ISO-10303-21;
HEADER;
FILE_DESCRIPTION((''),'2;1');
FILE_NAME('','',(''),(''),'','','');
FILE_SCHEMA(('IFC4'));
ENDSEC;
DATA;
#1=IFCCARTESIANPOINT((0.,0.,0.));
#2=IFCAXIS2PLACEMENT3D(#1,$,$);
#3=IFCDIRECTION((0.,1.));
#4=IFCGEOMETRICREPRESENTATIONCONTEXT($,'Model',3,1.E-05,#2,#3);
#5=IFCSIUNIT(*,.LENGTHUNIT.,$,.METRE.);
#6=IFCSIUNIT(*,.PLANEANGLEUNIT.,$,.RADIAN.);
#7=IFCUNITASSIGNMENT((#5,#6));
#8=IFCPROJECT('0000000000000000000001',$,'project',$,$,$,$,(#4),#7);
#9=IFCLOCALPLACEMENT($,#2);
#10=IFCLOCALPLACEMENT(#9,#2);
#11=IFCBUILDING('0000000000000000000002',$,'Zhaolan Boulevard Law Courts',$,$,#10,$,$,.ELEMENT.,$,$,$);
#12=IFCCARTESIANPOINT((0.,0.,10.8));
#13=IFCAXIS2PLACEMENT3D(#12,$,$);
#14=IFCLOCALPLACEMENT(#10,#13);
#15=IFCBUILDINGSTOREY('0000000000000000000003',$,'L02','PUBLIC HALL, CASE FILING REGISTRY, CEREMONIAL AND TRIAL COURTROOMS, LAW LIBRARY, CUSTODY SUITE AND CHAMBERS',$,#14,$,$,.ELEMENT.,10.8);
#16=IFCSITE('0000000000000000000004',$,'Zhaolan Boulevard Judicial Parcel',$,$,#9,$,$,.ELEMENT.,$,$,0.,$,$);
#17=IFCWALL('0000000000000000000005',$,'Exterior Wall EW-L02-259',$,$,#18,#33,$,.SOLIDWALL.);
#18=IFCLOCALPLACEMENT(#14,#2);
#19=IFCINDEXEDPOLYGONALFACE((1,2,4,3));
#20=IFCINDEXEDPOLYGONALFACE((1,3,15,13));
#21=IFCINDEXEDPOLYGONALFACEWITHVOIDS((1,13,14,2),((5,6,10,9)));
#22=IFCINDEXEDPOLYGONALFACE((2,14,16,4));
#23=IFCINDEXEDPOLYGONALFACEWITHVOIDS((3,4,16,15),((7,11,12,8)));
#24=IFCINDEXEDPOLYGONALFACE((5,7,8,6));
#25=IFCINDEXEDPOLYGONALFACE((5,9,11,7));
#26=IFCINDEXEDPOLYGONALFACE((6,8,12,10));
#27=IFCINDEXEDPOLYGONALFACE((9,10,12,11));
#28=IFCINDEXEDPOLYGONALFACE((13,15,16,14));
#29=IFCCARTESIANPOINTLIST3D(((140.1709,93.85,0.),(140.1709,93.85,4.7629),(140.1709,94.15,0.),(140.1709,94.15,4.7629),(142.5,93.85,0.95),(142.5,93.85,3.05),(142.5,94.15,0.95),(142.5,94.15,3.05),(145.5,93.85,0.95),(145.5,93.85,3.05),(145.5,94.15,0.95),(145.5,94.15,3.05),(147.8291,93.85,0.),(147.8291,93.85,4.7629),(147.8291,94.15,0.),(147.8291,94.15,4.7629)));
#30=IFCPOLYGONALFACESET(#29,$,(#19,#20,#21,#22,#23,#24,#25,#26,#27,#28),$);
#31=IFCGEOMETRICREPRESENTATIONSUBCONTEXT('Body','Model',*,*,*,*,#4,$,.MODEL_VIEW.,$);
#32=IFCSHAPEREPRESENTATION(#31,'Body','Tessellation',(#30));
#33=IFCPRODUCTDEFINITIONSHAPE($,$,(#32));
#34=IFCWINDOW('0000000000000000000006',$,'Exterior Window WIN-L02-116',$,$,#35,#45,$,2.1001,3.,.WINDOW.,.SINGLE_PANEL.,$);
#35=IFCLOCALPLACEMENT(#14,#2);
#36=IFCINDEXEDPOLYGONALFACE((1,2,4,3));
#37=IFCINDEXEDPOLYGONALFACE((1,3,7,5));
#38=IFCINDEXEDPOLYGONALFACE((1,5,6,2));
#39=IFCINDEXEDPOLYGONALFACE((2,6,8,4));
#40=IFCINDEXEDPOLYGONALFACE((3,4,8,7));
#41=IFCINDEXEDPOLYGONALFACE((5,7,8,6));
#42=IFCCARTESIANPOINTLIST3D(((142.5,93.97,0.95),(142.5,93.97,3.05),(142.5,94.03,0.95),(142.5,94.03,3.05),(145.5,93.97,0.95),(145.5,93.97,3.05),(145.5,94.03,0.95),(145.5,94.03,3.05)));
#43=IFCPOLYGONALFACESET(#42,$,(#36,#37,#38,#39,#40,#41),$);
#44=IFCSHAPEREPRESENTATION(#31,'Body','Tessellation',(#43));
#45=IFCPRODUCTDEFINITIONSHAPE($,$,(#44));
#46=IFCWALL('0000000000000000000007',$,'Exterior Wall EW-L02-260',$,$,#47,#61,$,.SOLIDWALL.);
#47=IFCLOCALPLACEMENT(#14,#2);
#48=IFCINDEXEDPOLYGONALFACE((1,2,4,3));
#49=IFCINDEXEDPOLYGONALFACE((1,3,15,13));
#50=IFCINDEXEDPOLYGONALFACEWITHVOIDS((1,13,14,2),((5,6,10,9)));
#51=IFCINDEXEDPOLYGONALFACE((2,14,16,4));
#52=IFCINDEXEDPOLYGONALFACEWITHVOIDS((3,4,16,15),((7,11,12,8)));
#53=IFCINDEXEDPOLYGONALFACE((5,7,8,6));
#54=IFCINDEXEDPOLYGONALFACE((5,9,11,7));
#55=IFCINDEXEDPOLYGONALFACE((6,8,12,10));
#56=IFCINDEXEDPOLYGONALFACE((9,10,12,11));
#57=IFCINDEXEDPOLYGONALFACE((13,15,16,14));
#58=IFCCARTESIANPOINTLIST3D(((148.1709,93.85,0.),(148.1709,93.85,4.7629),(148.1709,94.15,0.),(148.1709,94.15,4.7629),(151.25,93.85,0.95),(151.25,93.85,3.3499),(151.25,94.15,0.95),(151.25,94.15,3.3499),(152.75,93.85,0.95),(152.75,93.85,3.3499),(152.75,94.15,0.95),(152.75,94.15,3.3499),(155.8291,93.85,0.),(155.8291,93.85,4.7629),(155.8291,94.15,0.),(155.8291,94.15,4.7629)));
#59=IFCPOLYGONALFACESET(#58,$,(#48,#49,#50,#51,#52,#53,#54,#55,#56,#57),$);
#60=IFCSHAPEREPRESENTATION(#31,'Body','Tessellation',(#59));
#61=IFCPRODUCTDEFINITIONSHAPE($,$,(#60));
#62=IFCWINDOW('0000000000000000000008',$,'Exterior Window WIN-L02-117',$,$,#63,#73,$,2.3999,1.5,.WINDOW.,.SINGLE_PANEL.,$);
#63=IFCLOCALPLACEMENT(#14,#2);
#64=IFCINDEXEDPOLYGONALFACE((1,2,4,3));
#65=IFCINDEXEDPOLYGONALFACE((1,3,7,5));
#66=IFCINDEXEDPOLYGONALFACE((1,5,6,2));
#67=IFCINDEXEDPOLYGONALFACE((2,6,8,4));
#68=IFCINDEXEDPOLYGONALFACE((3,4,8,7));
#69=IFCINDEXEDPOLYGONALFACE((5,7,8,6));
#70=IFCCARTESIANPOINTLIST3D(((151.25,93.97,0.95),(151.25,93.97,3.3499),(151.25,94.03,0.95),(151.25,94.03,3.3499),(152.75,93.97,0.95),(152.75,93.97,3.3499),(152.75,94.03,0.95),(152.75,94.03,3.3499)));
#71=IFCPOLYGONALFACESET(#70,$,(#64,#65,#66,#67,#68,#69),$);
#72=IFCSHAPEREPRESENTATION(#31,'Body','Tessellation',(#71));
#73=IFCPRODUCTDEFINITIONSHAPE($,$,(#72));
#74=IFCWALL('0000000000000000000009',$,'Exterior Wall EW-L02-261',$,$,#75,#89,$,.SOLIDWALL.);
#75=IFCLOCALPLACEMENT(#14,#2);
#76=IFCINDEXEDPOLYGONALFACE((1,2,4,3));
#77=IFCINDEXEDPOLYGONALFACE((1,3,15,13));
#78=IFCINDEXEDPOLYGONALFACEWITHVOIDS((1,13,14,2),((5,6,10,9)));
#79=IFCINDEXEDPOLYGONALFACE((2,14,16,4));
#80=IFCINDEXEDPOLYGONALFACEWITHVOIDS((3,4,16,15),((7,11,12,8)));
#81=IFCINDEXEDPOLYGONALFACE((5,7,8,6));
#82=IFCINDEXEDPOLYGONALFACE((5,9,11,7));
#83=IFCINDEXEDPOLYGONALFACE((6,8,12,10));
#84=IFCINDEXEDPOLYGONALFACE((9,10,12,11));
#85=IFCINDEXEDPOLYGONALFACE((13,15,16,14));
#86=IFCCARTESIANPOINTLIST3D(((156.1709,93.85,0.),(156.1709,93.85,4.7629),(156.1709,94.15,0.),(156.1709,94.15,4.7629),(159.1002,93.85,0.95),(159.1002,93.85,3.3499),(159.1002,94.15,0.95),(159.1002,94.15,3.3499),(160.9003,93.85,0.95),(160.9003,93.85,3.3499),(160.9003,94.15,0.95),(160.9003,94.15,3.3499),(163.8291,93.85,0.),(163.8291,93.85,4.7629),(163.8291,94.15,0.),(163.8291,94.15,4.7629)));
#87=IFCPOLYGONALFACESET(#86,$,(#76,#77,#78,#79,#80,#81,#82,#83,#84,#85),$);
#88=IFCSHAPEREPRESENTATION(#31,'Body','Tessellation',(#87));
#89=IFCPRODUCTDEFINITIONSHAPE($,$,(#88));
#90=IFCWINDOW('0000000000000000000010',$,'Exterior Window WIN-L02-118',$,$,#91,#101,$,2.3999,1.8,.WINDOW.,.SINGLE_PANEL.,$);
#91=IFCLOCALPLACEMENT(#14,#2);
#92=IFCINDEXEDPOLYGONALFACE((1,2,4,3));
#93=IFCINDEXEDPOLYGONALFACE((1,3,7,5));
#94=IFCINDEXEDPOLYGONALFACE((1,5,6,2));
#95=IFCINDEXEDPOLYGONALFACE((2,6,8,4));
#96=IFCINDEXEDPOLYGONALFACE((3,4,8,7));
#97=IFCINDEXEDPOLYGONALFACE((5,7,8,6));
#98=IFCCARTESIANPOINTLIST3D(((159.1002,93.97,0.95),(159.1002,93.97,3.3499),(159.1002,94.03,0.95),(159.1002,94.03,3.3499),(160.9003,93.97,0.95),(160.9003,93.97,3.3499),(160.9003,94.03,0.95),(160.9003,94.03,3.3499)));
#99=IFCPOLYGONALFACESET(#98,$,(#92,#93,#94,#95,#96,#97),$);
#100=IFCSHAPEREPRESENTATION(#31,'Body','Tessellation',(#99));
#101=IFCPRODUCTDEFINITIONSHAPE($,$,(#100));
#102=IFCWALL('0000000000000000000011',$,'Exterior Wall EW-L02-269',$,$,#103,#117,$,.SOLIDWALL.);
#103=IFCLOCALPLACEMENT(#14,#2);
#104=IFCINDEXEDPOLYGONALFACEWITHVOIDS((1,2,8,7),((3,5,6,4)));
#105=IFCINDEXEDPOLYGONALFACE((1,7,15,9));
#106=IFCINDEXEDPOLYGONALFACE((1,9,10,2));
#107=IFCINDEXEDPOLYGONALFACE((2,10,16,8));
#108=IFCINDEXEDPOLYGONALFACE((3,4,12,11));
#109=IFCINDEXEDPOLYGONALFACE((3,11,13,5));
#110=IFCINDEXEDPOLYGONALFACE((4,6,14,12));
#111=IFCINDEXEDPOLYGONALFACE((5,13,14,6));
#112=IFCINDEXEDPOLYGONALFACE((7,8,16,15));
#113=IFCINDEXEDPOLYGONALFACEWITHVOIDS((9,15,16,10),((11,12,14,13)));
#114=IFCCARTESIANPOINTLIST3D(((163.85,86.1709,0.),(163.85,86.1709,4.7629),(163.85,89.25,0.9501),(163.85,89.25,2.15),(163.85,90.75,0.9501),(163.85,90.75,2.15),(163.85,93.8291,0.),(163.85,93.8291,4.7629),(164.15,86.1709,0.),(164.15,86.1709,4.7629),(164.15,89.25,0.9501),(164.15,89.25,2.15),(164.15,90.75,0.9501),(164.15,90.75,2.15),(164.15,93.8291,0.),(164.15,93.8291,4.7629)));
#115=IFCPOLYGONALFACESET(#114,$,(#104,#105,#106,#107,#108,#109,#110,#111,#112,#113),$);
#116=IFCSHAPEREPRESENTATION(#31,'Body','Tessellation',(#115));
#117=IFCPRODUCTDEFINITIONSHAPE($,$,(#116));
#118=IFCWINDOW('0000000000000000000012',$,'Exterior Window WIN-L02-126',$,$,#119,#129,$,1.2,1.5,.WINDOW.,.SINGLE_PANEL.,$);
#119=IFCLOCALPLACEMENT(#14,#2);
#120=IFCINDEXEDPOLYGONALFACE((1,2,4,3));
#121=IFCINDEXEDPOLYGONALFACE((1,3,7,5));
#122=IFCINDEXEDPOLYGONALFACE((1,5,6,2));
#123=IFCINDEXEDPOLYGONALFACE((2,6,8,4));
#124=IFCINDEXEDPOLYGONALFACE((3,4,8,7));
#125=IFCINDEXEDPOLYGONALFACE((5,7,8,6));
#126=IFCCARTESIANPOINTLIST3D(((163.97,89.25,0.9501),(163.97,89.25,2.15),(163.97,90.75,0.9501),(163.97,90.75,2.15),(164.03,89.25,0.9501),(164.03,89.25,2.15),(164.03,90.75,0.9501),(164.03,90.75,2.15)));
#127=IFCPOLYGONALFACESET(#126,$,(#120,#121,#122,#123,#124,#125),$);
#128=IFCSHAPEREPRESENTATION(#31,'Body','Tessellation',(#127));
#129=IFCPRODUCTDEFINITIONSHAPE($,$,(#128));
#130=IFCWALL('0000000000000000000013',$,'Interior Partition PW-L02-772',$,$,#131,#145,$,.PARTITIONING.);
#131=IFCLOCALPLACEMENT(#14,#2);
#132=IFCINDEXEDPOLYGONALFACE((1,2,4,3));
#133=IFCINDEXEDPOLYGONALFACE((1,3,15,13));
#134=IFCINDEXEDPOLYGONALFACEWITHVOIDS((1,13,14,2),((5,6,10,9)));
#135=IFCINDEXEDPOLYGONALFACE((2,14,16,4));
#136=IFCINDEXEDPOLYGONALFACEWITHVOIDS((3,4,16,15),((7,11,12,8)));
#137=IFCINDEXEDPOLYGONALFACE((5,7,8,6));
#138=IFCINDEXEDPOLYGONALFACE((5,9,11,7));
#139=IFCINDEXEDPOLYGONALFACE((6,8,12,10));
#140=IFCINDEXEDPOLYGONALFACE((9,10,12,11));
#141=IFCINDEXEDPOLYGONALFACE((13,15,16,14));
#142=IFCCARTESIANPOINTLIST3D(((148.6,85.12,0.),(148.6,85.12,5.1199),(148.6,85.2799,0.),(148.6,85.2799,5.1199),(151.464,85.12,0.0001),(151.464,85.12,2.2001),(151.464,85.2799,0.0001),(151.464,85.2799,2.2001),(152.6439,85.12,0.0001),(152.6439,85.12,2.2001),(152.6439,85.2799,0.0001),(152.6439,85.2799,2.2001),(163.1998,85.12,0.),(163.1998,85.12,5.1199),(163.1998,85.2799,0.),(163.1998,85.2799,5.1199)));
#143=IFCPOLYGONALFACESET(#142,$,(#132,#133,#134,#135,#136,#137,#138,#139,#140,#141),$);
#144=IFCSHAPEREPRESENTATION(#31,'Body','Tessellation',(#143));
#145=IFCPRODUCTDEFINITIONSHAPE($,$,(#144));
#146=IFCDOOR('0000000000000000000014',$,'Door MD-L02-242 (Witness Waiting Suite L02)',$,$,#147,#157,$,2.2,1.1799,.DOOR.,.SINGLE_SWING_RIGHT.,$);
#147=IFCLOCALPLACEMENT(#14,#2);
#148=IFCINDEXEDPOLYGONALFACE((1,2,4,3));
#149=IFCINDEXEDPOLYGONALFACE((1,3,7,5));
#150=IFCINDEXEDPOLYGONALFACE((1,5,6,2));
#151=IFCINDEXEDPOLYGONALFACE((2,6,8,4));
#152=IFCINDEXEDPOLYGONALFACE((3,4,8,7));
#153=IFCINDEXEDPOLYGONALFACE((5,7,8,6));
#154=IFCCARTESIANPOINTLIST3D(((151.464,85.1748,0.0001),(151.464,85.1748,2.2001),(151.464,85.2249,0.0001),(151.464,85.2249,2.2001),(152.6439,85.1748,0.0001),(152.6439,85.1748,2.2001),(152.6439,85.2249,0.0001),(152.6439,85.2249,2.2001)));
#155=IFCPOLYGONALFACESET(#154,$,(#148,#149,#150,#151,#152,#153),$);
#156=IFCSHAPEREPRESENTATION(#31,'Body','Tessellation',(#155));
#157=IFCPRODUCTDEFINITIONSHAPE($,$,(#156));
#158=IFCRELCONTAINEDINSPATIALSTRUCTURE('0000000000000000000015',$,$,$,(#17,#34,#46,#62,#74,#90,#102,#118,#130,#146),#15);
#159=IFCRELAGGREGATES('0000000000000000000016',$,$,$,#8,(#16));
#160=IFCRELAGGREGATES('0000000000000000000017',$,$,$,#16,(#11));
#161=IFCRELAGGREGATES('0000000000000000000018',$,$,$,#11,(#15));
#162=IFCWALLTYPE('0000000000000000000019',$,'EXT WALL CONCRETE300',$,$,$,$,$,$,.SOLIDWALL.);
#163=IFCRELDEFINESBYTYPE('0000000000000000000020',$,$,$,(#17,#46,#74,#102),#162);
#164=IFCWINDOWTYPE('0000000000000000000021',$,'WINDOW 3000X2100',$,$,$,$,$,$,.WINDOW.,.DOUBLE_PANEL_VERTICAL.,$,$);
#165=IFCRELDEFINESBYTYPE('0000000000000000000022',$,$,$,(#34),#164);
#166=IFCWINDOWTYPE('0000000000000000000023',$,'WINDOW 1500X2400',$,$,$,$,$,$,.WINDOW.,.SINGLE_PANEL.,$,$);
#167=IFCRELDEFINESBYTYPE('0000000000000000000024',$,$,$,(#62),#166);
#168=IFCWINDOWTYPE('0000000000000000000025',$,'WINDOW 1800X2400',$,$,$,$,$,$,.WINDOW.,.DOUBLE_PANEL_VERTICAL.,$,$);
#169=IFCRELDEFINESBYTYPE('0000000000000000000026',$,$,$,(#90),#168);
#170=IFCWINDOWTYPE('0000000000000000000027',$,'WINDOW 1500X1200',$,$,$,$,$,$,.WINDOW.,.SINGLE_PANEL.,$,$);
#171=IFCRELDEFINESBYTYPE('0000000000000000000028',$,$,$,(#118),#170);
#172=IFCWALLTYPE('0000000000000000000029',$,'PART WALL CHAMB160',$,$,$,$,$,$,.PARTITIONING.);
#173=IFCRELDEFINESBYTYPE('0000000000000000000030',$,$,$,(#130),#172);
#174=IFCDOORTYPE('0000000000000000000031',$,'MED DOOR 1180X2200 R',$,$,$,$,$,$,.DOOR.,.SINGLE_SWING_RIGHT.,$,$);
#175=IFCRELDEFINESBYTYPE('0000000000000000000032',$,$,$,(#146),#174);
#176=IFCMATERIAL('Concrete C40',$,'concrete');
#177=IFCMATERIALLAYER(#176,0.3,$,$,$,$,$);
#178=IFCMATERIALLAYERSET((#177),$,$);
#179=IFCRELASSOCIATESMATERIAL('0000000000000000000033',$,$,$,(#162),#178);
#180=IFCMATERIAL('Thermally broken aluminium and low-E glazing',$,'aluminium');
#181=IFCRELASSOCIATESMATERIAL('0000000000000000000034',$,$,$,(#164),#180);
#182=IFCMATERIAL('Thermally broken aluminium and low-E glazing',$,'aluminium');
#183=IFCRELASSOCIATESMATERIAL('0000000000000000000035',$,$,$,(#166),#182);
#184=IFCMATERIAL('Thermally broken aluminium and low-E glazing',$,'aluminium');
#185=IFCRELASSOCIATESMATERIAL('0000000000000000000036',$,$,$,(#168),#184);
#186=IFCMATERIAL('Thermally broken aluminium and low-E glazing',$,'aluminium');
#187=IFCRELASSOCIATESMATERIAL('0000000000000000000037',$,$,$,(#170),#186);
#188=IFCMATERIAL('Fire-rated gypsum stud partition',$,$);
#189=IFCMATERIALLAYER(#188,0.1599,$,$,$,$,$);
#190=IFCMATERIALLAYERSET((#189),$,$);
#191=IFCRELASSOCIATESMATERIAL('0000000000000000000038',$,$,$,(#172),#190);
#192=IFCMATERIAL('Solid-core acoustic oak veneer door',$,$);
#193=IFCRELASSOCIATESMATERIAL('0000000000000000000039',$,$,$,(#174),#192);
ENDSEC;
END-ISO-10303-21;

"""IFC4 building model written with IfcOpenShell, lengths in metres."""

from ifc_helpers import new_model, si_unit, direction, frame, frame_2d, origin, place, context, subcontext, project, spatial, rectangle, extrude, material, layer, layer_set, type_object, element, fill, save


model = new_model("IFC4")

# Units and contexts
model_context = context("Model", 3, precision=1e-05, world=origin(), true_north=direction((0.0, 1.0)))
body_context = subcontext(model_context, "Body", "Model", "MODEL_VIEW")
ifc_project = project(units=[si_unit("LENGTHUNIT", "METRE"), si_unit("PLANEANGLEUNIT", "RADIAN")], contexts=[model_context])

# Site, building, storey
site_placement = place(None, origin())
site = spatial("IfcSite", under=ifc_project, at=site_placement, Name="Zhaolan Boulevard Judicial Parcel", CompositionType="ELEMENT", RefElevation=0.0)
building_placement = place(site_placement, origin())
building = spatial("IfcBuilding", under=site, at=building_placement, Name="Zhaolan Boulevard Law Courts", CompositionType="ELEMENT")
storey_placement = place(building_placement, frame((0.0, 0.0, 10.8)))
storey = spatial("IfcBuildingStorey", under=building, at=storey_placement, Name="L02", Description="PUBLIC HALL, CASE FILING REGISTRY, CEREMONIAL AND TRIAL COURTROOMS, LAW LIBRARY, CUSTODY SUITE AND CHAMBERS", CompositionType="ELEMENT", Elevation=10.8)

# Walls, openings, windows
ifc_material_1 = material(Name="Concrete C40", Category="concrete")
ifc_layer_1 = layer(ifc_material_1, 0.3)
ifc_layer_set_1 = layer_set([ifc_layer_1])
wall_type_1 = type_object("IfcWallType", Name="EXT WALL CONCRETE300", PredefinedType="SOLIDWALL", material=ifc_layer_set_1)
wall_1_placement = place(storey_placement, frame((147.8291, 94.0, 0.0), z_axis=(0.0, 0.0, 1.0), x_axis=(-1.0, 0.0, 0.0)))
wall_1 = element("IfcWall", 1, at=wall_1_placement, inside=storey, type_object=wall_type_1, Name="Exterior Wall EW-L02-259", PredefinedType="SOLIDWALL", context=body_context, shape_type="SweptSolid", body=[
    extrude(rectangle(XDim=7.6582, YDim=0.3, at=frame_2d((3.8291, 0.0))), origin(), (0.0, 0.0, 1.0), 4.7629),
])
opening_1_placement = place(wall_1_placement, frame((2.3291, 0.0, 0.95)))
opening_1 = element("IfcOpeningElement", 2, at=opening_1_placement, cuts=wall_1, PredefinedType="OPENING", context=body_context, shape_type="SweptSolid", body=[
    extrude(rectangle(XDim=3.0, YDim=2.1001, at=frame_2d((1.5, 1.05))), frame((0.0, 0.1599, 0.0), z_axis=(0.0, -1.0, 0.0), x_axis=(1.0, 0.0, 0.0)), (0.0, 0.0, 1.0), 0.3201),
])
ifc_material_2 = material(Name="Thermally broken aluminium and low-E glazing", Category="aluminium")
window_type_1 = type_object("IfcWindowType", Name="WINDOW 3000X2100", PartitioningType="DOUBLE_PANEL_VERTICAL", PredefinedType="WINDOW", material=ifc_material_2)
window_1_placement = place(opening_1_placement, origin())
window_1 = element("IfcWindow", 3, at=window_1_placement, inside=storey, type_object=window_type_1, Name="Exterior Window WIN-L02-116", OverallHeight=2.1001, OverallWidth=3.0, PartitioningType="SINGLE_PANEL", PredefinedType="WINDOW", context=body_context, shape_type="SweptSolid", body=[
    extrude(rectangle(XDim=3.0, YDim=2.1001, at=frame_2d((1.5, 1.05))), frame((0.0, 0.03, 0.0), z_axis=(0.0, -1.0, 0.0), x_axis=(1.0, 0.0, 0.0)), (0.0, 0.0, 1.0), 0.0601),
])
fill(opening_1, window_1)
wall_2_placement = place(storey_placement, frame((155.8291, 94.0, 0.0), z_axis=(0.0, 0.0, 1.0), x_axis=(-1.0, 0.0, 0.0)))
wall_2 = element("IfcWall", 4, at=wall_2_placement, inside=storey, type_object=wall_type_1, Name="Exterior Wall EW-L02-260", PredefinedType="SOLIDWALL", context=body_context, shape_type="SweptSolid", body=[
    extrude(rectangle(XDim=7.6582, YDim=0.3, at=frame_2d((3.8291, 0.0))), origin(), (0.0, 0.0, 1.0), 4.7629),
])
opening_2_placement = place(wall_2_placement, frame((3.0791, 0.0, 0.95)))
opening_2 = element("IfcOpeningElement", 5, at=opening_2_placement, cuts=wall_2, PredefinedType="OPENING", context=body_context, shape_type="SweptSolid", body=[
    extrude(rectangle(XDim=1.5, YDim=2.3999, at=frame_2d((0.75, 1.2))), frame((0.0, 0.1599, 0.0), z_axis=(0.0, -1.0, 0.0), x_axis=(1.0, 0.0, 0.0)), (0.0, 0.0, 1.0), 0.3201),
])
ifc_material_3 = material(Name="Thermally broken aluminium and low-E glazing", Category="aluminium")
window_type_2 = type_object("IfcWindowType", Name="WINDOW 1500X2400", PartitioningType="SINGLE_PANEL", PredefinedType="WINDOW", material=ifc_material_3)
window_2_placement = place(opening_2_placement, origin())
window_2 = element("IfcWindow", 6, at=window_2_placement, inside=storey, type_object=window_type_2, Name="Exterior Window WIN-L02-117", OverallHeight=2.3999, OverallWidth=1.5, PartitioningType="SINGLE_PANEL", PredefinedType="WINDOW", context=body_context, shape_type="SweptSolid", body=[
    extrude(rectangle(XDim=1.5, YDim=2.3999, at=frame_2d((0.75, 1.2))), frame((0.0, 0.03, 0.0), z_axis=(0.0, -1.0, 0.0), x_axis=(1.0, 0.0, 0.0)), (0.0, 0.0, 1.0), 0.0601),
])
fill(opening_2, window_2)
wall_3_placement = place(storey_placement, frame((163.8291, 94.0, 0.0), z_axis=(0.0, 0.0, 1.0), x_axis=(-1.0, 0.0, 0.0)))
wall_3 = element("IfcWall", 7, at=wall_3_placement, inside=storey, type_object=wall_type_1, Name="Exterior Wall EW-L02-261", PredefinedType="SOLIDWALL", context=body_context, shape_type="SweptSolid", body=[
    extrude(rectangle(XDim=7.6582, YDim=0.3, at=frame_2d((3.8291, 0.0))), origin(), (0.0, 0.0, 1.0), 4.7629),
])
opening_3_placement = place(wall_3_placement, frame((2.929, 0.0, 0.95)))
opening_3 = element("IfcOpeningElement", 8, at=opening_3_placement, cuts=wall_3, PredefinedType="OPENING", context=body_context, shape_type="SweptSolid", body=[
    extrude(rectangle(XDim=1.8, YDim=2.3999, at=frame_2d((0.8999, 1.2))), frame((0.0, 0.1599, 0.0), z_axis=(0.0, -1.0, 0.0), x_axis=(1.0, 0.0, 0.0)), (0.0, 0.0, 1.0), 0.3201),
])
ifc_material_4 = material(Name="Thermally broken aluminium and low-E glazing", Category="aluminium")
window_type_3 = type_object("IfcWindowType", Name="WINDOW 1800X2400", PartitioningType="DOUBLE_PANEL_VERTICAL", PredefinedType="WINDOW", material=ifc_material_4)
window_3_placement = place(opening_3_placement, origin())
window_3 = element("IfcWindow", 9, at=window_3_placement, inside=storey, type_object=window_type_3, Name="Exterior Window WIN-L02-118", OverallHeight=2.3999, OverallWidth=1.8, PartitioningType="SINGLE_PANEL", PredefinedType="WINDOW", context=body_context, shape_type="SweptSolid", body=[
    extrude(rectangle(XDim=1.8, YDim=2.3999, at=frame_2d((0.8999, 1.2))), frame((0.0, 0.03, 0.0), z_axis=(0.0, -1.0, 0.0), x_axis=(1.0, 0.0, 0.0)), (0.0, 0.0, 1.0), 0.0601),
])
fill(opening_3, window_3)
wall_4_placement = place(storey_placement, frame((164.0, 86.1709, 0.0), z_axis=(0.0, 0.0, 1.0), x_axis=(0.0, 1.0, 0.0)))
wall_4 = element("IfcWall", 10, at=wall_4_placement, inside=storey, type_object=wall_type_1, Name="Exterior Wall EW-L02-269", PredefinedType="SOLIDWALL", context=body_context, shape_type="SweptSolid", body=[
    extrude(rectangle(XDim=7.6582, YDim=0.3, at=frame_2d((3.8291, 0.0))), origin(), (0.0, 0.0, 1.0), 4.7629),
])
opening_4_placement = place(wall_4_placement, frame((3.0791, 0.0, 0.95)))
opening_4 = element("IfcOpeningElement", 11, at=opening_4_placement, cuts=wall_4, PredefinedType="OPENING", context=body_context, shape_type="SweptSolid", body=[
    extrude(rectangle(XDim=1.5, YDim=1.2, at=frame_2d((0.75, 0.6001))), frame((0.0, 0.1599, 0.0), z_axis=(0.0, -1.0, 0.0), x_axis=(1.0, 0.0, 0.0)), (0.0, 0.0, 1.0), 0.3201),
])
ifc_material_5 = material(Name="Thermally broken aluminium and low-E glazing", Category="aluminium")
window_type_4 = type_object("IfcWindowType", Name="WINDOW 1500X1200", PartitioningType="SINGLE_PANEL", PredefinedType="WINDOW", material=ifc_material_5)
window_4_placement = place(opening_4_placement, origin())
window_4 = element("IfcWindow", 12, at=window_4_placement, inside=storey, type_object=window_type_4, Name="Exterior Window WIN-L02-126", OverallHeight=1.2, OverallWidth=1.5, PartitioningType="SINGLE_PANEL", PredefinedType="WINDOW", context=body_context, shape_type="SweptSolid", body=[
    extrude(rectangle(XDim=1.5, YDim=1.2, at=frame_2d((0.75, 0.6001))), frame((0.0, 0.03, 0.0), z_axis=(0.0, -1.0, 0.0), x_axis=(1.0, 0.0, 0.0)), (0.0, 0.0, 1.0), 0.0601),
])
fill(opening_4, window_4)

# Wall, opening, door
ifc_material_6 = material(Name="Fire-rated gypsum stud partition")
ifc_layer_2 = layer(ifc_material_6, 0.1599)
ifc_layer_set_2 = layer_set([ifc_layer_2])
wall_type_2 = type_object("IfcWallType", Name="PART WALL CHAMB160", PredefinedType="PARTITIONING", material=ifc_layer_set_2)
wall_5_placement = place(storey_placement, frame((148.6001, 85.2, 0.0), z_axis=(0.0, 0.0, 1.0), x_axis=(1.0, 0.0, 0.0)))
wall_5 = element("IfcWall", 13, at=wall_5_placement, inside=storey, type_object=wall_type_2, Name="Interior Partition PW-L02-772", PredefinedType="PARTITIONING", context=body_context, shape_type="SweptSolid", body=[
    extrude(rectangle(XDim=14.5999, YDim=0.1599, at=frame_2d((7.2998, 0.0))), origin(), (0.0, 0.0, 1.0), 5.1199),
])
opening_5_placement = place(wall_5_placement, frame((2.864, 0.0, 0.0)))
opening_5 = element("IfcOpeningElement", 14, at=opening_5_placement, cuts=wall_5, PredefinedType="OPENING", context=body_context, shape_type="SweptSolid", body=[
    extrude(rectangle(XDim=1.1799, YDim=2.2, at=frame_2d((0.5898, 1.1001))), frame((0.0, 0.0898, 0.0), z_axis=(0.0, -1.0, 0.0), x_axis=(1.0, 0.0, 0.0)), (0.0, 0.0, 1.0), 0.1799),
])
ifc_material_7 = material(Name="Solid-core acoustic oak veneer door")
door_type_1 = type_object("IfcDoorType", Name="MED DOOR 1180X2200 R", OperationType="SINGLE_SWING_RIGHT", PredefinedType="DOOR", material=ifc_material_7)
door_1_placement = place(opening_5_placement, origin())
door_1 = element("IfcDoor", 15, at=door_1_placement, inside=storey, type_object=door_type_1, Name="Door MD-L02-242 (Witness Waiting Suite L02)", OperationType="SINGLE_SWING_RIGHT", OverallHeight=2.2, OverallWidth=1.1799, PredefinedType="DOOR", context=body_context, shape_type="SweptSolid", body=[
    extrude(rectangle(XDim=1.1799, YDim=2.2, at=frame_2d((0.5898, 1.1001))), frame((0.0, 0.0249, 0.0), z_axis=(0.0, -1.0, 0.0), x_axis=(1.0, 0.0, 0.0)), (0.0, 0.0, 1.0), 0.05),
])
fill(opening_5, door_1)

save(model, "model.ifc")
